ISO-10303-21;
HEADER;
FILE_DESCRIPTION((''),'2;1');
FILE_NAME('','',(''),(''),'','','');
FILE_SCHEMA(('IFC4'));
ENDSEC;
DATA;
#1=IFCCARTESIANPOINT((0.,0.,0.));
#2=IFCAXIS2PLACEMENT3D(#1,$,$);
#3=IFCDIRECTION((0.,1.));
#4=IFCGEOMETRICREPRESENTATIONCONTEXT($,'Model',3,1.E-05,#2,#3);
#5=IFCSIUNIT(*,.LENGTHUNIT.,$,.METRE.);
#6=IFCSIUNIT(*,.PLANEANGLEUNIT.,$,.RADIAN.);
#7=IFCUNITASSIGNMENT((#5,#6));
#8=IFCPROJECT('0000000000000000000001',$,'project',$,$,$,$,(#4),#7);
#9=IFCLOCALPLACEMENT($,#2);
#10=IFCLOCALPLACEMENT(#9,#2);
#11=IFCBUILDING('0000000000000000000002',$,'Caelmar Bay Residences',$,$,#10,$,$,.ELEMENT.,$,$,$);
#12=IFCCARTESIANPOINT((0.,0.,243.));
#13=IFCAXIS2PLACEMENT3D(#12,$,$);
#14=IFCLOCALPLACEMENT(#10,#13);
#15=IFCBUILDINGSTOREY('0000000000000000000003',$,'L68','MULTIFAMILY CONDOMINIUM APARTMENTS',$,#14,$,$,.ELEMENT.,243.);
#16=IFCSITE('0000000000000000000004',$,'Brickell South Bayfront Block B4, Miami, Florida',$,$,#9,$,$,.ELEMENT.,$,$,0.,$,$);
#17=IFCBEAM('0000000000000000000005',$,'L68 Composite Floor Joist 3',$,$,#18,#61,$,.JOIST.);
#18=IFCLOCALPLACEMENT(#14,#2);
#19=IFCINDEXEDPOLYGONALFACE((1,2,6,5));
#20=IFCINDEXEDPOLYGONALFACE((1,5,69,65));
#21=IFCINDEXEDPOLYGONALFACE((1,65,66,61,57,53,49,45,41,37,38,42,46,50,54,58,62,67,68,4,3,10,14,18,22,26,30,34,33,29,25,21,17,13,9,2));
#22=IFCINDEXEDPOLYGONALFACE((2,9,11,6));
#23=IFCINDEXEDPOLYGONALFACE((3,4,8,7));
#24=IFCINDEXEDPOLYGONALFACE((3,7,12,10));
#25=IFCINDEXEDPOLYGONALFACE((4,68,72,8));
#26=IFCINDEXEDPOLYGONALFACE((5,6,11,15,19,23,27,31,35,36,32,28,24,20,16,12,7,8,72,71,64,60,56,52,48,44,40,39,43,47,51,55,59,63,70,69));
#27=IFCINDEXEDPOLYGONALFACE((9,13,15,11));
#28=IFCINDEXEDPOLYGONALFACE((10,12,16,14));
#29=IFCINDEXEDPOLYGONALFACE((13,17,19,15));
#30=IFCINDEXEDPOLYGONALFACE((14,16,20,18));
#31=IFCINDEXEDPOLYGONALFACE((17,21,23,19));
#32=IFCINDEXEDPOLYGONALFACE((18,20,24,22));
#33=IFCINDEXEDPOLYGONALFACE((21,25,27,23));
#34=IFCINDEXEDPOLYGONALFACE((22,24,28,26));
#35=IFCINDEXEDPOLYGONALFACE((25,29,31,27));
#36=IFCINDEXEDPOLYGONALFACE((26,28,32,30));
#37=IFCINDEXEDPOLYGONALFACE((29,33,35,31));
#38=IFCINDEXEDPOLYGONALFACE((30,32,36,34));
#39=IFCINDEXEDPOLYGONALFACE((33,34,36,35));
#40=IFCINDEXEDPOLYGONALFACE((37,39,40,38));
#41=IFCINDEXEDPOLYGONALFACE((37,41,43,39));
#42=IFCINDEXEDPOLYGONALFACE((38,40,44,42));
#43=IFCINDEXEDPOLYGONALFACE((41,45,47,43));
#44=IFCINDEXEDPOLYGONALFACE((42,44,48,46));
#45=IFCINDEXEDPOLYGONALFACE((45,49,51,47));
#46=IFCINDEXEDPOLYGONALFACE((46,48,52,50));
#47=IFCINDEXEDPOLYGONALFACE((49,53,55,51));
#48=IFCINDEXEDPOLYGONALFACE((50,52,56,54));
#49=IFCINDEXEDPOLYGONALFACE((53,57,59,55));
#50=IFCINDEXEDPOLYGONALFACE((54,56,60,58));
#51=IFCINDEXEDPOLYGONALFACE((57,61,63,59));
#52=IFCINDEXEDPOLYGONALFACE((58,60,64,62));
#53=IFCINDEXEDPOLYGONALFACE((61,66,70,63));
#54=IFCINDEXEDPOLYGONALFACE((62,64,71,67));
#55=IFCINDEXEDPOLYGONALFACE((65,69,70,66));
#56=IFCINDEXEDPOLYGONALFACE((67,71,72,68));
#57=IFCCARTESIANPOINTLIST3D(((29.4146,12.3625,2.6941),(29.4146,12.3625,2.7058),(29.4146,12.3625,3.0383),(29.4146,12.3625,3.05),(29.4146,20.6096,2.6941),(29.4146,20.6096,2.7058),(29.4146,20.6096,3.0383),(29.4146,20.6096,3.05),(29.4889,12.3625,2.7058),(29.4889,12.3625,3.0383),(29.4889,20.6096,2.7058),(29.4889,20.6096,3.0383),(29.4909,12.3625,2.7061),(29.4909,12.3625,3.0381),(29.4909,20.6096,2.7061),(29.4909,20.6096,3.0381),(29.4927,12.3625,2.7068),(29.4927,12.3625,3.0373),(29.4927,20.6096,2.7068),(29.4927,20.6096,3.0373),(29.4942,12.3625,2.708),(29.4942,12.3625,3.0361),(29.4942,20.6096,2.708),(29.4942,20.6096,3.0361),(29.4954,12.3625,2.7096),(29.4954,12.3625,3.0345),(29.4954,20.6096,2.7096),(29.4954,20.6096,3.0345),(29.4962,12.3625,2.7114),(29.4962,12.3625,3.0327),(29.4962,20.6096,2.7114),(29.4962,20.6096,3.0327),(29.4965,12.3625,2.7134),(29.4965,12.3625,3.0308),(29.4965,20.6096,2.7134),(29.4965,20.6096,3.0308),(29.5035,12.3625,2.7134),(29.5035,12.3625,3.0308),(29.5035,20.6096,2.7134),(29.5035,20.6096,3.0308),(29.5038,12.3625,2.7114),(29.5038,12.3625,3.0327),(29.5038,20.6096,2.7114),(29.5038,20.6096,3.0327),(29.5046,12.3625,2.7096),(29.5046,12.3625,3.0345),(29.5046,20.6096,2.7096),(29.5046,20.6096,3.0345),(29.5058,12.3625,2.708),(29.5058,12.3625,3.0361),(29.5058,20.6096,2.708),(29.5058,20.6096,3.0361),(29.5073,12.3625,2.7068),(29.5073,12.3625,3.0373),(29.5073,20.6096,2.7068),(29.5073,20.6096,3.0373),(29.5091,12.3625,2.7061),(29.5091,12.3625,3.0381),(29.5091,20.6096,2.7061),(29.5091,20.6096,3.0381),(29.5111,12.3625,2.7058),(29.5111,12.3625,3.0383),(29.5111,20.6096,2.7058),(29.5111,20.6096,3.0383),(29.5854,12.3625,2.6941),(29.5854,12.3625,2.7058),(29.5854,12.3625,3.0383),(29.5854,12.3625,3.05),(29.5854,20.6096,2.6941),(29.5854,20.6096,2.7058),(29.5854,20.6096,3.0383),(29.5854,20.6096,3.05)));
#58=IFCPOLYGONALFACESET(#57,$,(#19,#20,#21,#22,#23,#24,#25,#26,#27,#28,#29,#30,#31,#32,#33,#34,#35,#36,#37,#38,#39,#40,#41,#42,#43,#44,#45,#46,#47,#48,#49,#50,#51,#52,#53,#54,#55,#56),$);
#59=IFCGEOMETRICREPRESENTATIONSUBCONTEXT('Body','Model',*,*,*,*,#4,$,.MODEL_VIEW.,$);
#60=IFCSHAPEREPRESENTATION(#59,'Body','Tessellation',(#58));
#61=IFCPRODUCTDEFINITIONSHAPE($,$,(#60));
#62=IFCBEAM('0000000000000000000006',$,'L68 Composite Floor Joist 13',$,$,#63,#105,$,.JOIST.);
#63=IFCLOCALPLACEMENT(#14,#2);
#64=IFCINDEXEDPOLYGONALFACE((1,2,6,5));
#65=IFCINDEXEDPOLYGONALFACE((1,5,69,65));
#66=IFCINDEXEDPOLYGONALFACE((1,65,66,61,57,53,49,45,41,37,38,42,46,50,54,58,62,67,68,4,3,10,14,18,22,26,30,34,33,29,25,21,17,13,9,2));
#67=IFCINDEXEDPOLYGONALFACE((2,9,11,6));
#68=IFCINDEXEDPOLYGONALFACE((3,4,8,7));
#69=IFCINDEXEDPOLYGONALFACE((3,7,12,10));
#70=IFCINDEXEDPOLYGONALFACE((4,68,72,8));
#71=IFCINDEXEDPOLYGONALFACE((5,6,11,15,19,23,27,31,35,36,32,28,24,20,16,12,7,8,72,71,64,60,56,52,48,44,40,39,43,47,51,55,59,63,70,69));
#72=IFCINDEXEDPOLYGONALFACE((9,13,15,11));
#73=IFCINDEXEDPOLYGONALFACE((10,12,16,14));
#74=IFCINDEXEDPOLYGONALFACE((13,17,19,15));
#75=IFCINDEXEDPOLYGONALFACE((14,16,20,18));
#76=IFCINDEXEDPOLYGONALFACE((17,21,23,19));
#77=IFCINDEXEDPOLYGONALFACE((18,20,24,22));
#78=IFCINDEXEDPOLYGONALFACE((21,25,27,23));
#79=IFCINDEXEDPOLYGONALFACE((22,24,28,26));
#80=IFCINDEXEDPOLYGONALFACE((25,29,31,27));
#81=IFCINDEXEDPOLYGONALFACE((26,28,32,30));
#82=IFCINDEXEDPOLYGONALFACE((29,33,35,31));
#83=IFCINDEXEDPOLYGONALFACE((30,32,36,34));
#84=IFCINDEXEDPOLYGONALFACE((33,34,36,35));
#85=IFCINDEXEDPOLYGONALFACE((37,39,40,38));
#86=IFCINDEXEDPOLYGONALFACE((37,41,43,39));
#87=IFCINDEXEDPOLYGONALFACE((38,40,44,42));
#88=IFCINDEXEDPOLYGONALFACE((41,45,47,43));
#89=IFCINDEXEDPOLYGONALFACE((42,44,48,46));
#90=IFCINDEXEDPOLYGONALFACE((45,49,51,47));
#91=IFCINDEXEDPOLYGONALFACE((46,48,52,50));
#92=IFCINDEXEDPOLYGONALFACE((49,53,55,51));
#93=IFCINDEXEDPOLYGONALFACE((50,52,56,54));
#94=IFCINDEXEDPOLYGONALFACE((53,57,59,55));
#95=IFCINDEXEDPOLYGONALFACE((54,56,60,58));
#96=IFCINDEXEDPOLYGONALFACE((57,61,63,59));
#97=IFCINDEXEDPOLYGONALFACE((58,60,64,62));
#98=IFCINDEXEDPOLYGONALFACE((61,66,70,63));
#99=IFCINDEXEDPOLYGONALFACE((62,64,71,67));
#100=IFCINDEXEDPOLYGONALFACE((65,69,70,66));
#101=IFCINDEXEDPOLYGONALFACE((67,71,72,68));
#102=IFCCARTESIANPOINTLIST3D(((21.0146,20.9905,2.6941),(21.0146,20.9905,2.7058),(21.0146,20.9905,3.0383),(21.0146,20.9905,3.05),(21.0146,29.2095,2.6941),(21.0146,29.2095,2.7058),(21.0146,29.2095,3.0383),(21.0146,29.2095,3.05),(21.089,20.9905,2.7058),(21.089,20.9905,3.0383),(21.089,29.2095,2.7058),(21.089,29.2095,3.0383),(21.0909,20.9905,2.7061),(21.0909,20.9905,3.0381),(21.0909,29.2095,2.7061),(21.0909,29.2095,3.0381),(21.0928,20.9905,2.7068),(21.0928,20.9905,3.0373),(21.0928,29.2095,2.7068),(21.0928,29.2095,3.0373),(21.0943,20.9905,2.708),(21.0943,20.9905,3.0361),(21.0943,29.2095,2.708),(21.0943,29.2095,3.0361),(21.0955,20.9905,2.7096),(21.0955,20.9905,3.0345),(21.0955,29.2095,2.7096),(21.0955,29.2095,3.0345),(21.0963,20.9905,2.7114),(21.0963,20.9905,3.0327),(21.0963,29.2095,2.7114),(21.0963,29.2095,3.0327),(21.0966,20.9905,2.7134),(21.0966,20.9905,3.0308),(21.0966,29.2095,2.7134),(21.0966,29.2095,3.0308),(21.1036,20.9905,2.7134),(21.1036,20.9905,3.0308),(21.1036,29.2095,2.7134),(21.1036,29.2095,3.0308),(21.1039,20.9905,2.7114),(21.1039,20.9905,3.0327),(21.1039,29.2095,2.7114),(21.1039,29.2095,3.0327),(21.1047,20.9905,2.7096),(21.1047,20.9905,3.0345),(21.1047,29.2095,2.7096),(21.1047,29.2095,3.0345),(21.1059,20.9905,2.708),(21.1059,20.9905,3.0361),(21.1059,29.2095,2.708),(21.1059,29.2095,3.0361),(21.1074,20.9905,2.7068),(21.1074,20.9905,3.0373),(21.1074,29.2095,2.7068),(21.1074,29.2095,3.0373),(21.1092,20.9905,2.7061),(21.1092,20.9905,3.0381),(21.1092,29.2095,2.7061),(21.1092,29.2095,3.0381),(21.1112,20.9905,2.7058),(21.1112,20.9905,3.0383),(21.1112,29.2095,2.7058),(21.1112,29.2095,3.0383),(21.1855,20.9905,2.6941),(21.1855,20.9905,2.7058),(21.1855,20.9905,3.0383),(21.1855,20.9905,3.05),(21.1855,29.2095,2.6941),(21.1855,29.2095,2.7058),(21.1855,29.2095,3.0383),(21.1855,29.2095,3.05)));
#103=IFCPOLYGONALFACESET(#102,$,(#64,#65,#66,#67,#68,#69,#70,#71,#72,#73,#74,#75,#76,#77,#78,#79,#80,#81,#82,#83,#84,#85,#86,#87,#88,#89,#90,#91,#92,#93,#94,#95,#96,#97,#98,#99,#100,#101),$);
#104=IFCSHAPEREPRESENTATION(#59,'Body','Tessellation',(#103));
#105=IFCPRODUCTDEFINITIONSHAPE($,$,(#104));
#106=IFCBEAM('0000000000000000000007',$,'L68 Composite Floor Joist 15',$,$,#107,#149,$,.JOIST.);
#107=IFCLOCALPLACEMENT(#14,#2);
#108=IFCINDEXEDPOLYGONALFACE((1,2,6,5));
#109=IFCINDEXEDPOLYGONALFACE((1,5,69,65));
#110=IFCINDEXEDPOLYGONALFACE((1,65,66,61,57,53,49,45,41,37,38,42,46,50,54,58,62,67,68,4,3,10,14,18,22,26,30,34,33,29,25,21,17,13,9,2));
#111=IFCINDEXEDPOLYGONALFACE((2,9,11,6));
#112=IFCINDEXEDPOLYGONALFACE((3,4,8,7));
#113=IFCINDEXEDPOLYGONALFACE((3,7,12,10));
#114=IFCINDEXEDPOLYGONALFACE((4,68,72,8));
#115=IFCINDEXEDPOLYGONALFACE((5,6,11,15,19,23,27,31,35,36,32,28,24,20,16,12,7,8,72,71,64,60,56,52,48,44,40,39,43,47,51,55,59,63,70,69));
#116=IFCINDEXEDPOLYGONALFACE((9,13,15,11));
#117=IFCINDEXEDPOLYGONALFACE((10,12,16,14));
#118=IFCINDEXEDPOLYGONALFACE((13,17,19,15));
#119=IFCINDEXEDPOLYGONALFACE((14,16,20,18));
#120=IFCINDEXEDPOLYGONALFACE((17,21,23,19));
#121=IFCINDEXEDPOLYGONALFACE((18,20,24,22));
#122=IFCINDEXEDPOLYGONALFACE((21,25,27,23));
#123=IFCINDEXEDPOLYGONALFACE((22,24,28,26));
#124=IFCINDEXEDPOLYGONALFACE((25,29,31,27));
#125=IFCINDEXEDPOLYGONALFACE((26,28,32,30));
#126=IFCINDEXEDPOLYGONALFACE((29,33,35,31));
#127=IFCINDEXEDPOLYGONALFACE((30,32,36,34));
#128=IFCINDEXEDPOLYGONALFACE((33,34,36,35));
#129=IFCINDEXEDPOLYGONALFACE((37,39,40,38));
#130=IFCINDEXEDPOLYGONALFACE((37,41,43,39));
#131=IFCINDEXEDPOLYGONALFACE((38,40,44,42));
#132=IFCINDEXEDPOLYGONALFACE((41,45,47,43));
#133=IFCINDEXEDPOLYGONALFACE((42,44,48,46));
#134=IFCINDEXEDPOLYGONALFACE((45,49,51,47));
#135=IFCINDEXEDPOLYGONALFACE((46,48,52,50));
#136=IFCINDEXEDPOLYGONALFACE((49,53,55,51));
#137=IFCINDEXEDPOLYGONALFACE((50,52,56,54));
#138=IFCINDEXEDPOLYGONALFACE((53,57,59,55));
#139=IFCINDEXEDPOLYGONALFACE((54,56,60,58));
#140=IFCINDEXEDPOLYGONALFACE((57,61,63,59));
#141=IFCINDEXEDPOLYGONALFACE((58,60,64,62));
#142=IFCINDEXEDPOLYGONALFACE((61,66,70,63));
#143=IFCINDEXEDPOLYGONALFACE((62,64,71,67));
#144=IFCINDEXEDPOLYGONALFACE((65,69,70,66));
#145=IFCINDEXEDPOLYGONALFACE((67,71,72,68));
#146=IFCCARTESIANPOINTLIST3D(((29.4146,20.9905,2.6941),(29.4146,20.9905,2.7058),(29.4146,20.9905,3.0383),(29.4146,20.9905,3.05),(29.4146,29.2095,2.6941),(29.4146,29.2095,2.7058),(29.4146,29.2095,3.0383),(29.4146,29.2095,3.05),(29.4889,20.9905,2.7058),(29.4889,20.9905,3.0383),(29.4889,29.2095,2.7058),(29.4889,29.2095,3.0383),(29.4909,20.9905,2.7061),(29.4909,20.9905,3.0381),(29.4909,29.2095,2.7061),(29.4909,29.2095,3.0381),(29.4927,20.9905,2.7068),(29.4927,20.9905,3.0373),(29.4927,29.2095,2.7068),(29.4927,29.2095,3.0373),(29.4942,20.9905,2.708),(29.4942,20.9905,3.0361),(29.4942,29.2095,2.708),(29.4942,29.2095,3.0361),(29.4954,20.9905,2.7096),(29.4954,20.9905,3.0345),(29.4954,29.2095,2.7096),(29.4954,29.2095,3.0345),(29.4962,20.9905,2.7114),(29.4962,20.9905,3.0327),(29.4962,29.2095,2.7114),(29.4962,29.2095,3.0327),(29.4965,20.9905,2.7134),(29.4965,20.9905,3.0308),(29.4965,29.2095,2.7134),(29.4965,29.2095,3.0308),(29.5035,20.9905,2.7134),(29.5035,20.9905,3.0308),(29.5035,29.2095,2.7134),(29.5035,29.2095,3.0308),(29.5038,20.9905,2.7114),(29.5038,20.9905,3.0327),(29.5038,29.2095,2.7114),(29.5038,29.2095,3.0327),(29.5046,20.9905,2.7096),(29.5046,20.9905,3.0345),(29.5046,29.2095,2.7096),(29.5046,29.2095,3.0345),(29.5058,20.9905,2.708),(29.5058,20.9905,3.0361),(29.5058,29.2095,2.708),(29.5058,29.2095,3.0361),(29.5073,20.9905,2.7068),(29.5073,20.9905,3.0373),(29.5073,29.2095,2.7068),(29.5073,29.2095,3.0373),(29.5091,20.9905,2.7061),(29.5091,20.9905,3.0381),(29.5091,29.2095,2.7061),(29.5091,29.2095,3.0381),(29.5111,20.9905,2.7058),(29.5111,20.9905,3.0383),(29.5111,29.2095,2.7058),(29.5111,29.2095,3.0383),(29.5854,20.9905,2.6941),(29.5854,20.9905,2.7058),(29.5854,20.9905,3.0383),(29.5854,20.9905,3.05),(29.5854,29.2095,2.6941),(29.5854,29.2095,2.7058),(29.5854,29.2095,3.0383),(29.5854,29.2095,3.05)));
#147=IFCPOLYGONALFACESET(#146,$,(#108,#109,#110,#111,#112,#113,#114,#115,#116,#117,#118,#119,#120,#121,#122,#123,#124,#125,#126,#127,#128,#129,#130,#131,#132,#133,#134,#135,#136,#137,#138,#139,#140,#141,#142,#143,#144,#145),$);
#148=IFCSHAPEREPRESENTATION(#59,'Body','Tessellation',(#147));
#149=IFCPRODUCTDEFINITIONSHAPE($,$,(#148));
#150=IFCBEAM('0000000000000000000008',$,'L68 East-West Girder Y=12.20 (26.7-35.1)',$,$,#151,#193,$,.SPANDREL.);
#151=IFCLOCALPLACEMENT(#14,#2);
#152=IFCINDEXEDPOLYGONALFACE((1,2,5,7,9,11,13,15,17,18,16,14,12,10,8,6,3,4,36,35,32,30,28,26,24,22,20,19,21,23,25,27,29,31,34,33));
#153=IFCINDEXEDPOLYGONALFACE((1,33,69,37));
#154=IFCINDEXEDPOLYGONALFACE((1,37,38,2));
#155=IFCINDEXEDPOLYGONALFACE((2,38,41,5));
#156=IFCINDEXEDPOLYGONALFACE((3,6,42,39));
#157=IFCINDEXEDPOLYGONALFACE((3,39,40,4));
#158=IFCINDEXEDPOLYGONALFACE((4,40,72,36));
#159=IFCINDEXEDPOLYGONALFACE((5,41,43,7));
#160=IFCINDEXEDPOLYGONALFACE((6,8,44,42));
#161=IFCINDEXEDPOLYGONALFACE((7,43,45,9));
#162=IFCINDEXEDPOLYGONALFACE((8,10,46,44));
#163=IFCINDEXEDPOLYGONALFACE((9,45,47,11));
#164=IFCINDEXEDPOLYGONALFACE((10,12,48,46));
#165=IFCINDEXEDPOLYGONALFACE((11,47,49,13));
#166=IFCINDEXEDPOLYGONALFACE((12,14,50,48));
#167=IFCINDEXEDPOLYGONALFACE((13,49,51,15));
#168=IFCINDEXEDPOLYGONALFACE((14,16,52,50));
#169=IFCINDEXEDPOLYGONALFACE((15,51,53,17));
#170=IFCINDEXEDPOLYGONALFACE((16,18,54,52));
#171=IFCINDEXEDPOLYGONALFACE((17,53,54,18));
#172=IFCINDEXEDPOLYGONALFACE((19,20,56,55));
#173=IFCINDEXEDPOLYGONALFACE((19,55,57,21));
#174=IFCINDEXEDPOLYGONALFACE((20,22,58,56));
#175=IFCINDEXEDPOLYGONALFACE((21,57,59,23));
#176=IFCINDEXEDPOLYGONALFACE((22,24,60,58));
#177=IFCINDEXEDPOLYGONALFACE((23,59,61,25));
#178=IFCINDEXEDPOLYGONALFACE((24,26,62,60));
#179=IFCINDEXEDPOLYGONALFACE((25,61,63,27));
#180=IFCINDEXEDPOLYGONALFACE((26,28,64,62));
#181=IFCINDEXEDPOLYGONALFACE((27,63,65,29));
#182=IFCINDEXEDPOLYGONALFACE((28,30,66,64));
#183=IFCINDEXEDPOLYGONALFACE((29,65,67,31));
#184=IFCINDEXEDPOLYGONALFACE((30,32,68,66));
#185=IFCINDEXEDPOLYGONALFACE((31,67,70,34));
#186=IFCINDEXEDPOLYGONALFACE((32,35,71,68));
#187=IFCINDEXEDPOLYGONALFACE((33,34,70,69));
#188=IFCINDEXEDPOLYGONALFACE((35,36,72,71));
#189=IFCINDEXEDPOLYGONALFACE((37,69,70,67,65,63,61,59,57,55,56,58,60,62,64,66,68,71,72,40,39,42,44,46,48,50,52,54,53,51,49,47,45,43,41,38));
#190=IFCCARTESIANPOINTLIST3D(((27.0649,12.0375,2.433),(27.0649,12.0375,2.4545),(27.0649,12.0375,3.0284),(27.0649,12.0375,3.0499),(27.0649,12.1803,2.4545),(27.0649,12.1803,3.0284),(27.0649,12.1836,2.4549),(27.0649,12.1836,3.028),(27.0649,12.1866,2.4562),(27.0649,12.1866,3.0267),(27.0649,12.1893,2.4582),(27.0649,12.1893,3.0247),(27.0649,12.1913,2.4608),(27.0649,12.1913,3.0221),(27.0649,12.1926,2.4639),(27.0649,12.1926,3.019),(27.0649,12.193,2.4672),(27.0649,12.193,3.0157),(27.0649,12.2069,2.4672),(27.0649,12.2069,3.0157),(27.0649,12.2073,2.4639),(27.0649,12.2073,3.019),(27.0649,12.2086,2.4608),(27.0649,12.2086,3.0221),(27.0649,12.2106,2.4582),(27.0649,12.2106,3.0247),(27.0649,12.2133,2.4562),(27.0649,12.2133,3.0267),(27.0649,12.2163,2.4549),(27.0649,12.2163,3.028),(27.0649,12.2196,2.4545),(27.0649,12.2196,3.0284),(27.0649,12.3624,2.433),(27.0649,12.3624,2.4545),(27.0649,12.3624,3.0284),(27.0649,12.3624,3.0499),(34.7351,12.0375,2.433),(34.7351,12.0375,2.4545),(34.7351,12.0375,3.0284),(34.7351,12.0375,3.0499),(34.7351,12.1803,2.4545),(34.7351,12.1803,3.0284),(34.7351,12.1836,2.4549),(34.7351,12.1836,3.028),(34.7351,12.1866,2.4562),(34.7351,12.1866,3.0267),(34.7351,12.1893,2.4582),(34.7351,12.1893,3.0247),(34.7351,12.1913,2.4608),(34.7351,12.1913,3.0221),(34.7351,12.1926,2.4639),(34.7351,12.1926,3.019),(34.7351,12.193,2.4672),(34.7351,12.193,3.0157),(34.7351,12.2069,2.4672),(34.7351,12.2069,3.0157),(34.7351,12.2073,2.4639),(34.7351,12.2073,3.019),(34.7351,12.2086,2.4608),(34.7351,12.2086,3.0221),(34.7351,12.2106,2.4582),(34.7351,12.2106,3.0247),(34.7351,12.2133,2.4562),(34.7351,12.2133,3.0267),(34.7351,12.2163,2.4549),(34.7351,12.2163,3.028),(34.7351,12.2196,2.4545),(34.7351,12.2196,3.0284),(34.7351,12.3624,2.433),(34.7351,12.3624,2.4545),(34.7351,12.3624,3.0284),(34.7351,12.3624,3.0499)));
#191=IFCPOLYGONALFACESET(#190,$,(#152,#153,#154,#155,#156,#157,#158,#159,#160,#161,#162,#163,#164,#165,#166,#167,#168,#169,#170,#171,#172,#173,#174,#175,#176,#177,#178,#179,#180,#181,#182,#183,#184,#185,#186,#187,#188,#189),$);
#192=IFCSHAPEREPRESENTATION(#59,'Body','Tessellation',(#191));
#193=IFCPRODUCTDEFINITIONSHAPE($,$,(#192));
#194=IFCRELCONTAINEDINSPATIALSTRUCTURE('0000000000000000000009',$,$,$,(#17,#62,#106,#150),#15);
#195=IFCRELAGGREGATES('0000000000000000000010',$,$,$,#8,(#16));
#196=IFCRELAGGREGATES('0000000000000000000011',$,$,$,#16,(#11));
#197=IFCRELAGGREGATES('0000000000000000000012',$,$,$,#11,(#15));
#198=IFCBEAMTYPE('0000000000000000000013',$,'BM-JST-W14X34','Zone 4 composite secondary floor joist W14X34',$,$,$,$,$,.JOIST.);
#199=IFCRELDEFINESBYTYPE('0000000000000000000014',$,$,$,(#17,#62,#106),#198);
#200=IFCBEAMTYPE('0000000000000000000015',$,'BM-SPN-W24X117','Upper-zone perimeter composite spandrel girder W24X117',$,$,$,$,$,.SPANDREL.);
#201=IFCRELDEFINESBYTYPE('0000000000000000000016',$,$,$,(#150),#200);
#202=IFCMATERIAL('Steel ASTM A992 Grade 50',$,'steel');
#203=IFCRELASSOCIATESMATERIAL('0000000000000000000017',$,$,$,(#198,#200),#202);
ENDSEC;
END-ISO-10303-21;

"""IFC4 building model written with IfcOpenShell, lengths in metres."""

from ifc_helpers import new_model, si_unit, direction, frame, origin, origin_2d, place, context, subcontext, project, spatial, i_section, extrude, material, material_profile, profile_set, type_object, element, save


model = new_model("IFC4")

# Units and contexts
model_context = context("Model", 3, precision=1e-05, world=origin(), true_north=direction((0.0, 1.0)))
body_context = subcontext(model_context, "Body", "Model", "MODEL_VIEW")
ifc_project = project(units=[si_unit("LENGTHUNIT", "METRE"), si_unit("PLANEANGLEUNIT", "RADIAN")], contexts=[model_context])

# Site, building, storey
site_placement = place(None, origin())
site = spatial("IfcSite", under=ifc_project, at=site_placement, Name="Brickell South Bayfront Block B4, Miami, Florida", CompositionType="ELEMENT", RefElevation=0.0)
building_placement = place(site_placement, origin())
building = spatial("IfcBuilding", under=site, at=building_placement, Name="Caelmar Bay Residences", CompositionType="ELEMENT")
storey_placement = place(building_placement, frame((0.0, 0.0, 243.0)))
storey = spatial("IfcBuildingStorey", under=building, at=storey_placement, Name="L68", Description="MULTIFAMILY CONDOMINIUM APARTMENTS", CompositionType="ELEMENT", Elevation=243.0)

# Beams
ifc_material_1 = material(Name="Steel ASTM A992 Grade 50", Category="steel")
ifc_material_profile_1 = material_profile(ifc_material_1, i_section(OverallWidth=0.1709, OverallDepth=0.356, WebThickness=0.0071, FlangeThickness=0.0117, FilletRadius=0.0076, at=origin_2d()), Name="W14X34")
ifc_profile_set_1 = profile_set([ifc_material_profile_1], Name="Steel ASTM A992 Grade 50")
beam_type_1 = type_object("IfcBeamType", Name="BM-JST-W14X34", Description="Zone 4 composite secondary floor joist W14X34", PredefinedType="JOIST", material=ifc_profile_set_1)
for number, where, z_axis, x_axis, name in (
    (1, (29.5, 12.3625, 2.8721), (0.0, 1.0, 0.0), (-1.0, 0.0, 0.0), "L68 Composite Floor Joist 3"),
):
    element("IfcBeam", number, at=place(storey_placement, frame(where, z_axis=z_axis, x_axis=x_axis)), inside=storey, type_object=beam_type_1, Name=name, PredefinedType="JOIST", context=body_context, shape_type="SweptSolid", body=[
        extrude(i_section(OverallWidth=0.1709, OverallDepth=0.356, WebThickness=0.0071, FlangeThickness=0.0117, FilletRadius=0.0076, at=origin_2d()), origin(), (0.0, 0.0, 1.0), 8.2471),
    ])
for number, where, z_axis, x_axis, name in (
    (2, (21.1001, 20.9905, 2.8721), (0.0, 1.0, 0.0), (-1.0, 0.0, 0.0), "L68 Composite Floor Joist 13"),
    (3, (29.5, 20.9905, 2.8721), (0.0, 1.0, 0.0), (-1.0, 0.0, 0.0), "L68 Composite Floor Joist 15"),
):
    element("IfcBeam", number, at=place(storey_placement, frame(where, z_axis=z_axis, x_axis=x_axis)), inside=storey, type_object=beam_type_1, Name=name, PredefinedType="JOIST", context=body_context, shape_type="SweptSolid", body=[
        extrude(i_section(OverallWidth=0.1709, OverallDepth=0.356, WebThickness=0.0071, FlangeThickness=0.0117, FilletRadius=0.0076, at=origin_2d()), origin(), (0.0, 0.0, 1.0), 8.219),
    ])
ifc_material_profile_2 = material_profile(ifc_material_1, i_section(OverallWidth=0.325, OverallDepth=0.6169, WebThickness=0.0139, FlangeThickness=0.0215, FilletRadius=0.0127, at=origin_2d()), Name="W24X117")
ifc_profile_set_2 = profile_set([ifc_material_profile_2], Name="Steel ASTM A992 Grade 50")
beam_type_2 = type_object("IfcBeamType", Name="BM-SPN-W24X117", Description="Upper-zone perimeter composite spandrel girder W24X117", PredefinedType="SPANDREL", material=ifc_profile_set_2)
beam_1_placement = place(storey_placement, frame((27.0649, 12.2, 2.7415), z_axis=(1.0, 0.0, 0.0), x_axis=(0.0, 1.0, 0.0)))
element("IfcBeam", 4, at=beam_1_placement, inside=storey, type_object=beam_type_2, Name="L68 East-West Girder Y=12.20 (26.7-35.1)", PredefinedType="SPANDREL", context=body_context, shape_type="SweptSolid", body=[
    extrude(i_section(OverallWidth=0.325, OverallDepth=0.6169, WebThickness=0.0139, FlangeThickness=0.0215, FilletRadius=0.0127, at=origin_2d()), origin(), (0.0, 0.0, 1.0), 7.6702),
])

save(model, "model.ifc")
